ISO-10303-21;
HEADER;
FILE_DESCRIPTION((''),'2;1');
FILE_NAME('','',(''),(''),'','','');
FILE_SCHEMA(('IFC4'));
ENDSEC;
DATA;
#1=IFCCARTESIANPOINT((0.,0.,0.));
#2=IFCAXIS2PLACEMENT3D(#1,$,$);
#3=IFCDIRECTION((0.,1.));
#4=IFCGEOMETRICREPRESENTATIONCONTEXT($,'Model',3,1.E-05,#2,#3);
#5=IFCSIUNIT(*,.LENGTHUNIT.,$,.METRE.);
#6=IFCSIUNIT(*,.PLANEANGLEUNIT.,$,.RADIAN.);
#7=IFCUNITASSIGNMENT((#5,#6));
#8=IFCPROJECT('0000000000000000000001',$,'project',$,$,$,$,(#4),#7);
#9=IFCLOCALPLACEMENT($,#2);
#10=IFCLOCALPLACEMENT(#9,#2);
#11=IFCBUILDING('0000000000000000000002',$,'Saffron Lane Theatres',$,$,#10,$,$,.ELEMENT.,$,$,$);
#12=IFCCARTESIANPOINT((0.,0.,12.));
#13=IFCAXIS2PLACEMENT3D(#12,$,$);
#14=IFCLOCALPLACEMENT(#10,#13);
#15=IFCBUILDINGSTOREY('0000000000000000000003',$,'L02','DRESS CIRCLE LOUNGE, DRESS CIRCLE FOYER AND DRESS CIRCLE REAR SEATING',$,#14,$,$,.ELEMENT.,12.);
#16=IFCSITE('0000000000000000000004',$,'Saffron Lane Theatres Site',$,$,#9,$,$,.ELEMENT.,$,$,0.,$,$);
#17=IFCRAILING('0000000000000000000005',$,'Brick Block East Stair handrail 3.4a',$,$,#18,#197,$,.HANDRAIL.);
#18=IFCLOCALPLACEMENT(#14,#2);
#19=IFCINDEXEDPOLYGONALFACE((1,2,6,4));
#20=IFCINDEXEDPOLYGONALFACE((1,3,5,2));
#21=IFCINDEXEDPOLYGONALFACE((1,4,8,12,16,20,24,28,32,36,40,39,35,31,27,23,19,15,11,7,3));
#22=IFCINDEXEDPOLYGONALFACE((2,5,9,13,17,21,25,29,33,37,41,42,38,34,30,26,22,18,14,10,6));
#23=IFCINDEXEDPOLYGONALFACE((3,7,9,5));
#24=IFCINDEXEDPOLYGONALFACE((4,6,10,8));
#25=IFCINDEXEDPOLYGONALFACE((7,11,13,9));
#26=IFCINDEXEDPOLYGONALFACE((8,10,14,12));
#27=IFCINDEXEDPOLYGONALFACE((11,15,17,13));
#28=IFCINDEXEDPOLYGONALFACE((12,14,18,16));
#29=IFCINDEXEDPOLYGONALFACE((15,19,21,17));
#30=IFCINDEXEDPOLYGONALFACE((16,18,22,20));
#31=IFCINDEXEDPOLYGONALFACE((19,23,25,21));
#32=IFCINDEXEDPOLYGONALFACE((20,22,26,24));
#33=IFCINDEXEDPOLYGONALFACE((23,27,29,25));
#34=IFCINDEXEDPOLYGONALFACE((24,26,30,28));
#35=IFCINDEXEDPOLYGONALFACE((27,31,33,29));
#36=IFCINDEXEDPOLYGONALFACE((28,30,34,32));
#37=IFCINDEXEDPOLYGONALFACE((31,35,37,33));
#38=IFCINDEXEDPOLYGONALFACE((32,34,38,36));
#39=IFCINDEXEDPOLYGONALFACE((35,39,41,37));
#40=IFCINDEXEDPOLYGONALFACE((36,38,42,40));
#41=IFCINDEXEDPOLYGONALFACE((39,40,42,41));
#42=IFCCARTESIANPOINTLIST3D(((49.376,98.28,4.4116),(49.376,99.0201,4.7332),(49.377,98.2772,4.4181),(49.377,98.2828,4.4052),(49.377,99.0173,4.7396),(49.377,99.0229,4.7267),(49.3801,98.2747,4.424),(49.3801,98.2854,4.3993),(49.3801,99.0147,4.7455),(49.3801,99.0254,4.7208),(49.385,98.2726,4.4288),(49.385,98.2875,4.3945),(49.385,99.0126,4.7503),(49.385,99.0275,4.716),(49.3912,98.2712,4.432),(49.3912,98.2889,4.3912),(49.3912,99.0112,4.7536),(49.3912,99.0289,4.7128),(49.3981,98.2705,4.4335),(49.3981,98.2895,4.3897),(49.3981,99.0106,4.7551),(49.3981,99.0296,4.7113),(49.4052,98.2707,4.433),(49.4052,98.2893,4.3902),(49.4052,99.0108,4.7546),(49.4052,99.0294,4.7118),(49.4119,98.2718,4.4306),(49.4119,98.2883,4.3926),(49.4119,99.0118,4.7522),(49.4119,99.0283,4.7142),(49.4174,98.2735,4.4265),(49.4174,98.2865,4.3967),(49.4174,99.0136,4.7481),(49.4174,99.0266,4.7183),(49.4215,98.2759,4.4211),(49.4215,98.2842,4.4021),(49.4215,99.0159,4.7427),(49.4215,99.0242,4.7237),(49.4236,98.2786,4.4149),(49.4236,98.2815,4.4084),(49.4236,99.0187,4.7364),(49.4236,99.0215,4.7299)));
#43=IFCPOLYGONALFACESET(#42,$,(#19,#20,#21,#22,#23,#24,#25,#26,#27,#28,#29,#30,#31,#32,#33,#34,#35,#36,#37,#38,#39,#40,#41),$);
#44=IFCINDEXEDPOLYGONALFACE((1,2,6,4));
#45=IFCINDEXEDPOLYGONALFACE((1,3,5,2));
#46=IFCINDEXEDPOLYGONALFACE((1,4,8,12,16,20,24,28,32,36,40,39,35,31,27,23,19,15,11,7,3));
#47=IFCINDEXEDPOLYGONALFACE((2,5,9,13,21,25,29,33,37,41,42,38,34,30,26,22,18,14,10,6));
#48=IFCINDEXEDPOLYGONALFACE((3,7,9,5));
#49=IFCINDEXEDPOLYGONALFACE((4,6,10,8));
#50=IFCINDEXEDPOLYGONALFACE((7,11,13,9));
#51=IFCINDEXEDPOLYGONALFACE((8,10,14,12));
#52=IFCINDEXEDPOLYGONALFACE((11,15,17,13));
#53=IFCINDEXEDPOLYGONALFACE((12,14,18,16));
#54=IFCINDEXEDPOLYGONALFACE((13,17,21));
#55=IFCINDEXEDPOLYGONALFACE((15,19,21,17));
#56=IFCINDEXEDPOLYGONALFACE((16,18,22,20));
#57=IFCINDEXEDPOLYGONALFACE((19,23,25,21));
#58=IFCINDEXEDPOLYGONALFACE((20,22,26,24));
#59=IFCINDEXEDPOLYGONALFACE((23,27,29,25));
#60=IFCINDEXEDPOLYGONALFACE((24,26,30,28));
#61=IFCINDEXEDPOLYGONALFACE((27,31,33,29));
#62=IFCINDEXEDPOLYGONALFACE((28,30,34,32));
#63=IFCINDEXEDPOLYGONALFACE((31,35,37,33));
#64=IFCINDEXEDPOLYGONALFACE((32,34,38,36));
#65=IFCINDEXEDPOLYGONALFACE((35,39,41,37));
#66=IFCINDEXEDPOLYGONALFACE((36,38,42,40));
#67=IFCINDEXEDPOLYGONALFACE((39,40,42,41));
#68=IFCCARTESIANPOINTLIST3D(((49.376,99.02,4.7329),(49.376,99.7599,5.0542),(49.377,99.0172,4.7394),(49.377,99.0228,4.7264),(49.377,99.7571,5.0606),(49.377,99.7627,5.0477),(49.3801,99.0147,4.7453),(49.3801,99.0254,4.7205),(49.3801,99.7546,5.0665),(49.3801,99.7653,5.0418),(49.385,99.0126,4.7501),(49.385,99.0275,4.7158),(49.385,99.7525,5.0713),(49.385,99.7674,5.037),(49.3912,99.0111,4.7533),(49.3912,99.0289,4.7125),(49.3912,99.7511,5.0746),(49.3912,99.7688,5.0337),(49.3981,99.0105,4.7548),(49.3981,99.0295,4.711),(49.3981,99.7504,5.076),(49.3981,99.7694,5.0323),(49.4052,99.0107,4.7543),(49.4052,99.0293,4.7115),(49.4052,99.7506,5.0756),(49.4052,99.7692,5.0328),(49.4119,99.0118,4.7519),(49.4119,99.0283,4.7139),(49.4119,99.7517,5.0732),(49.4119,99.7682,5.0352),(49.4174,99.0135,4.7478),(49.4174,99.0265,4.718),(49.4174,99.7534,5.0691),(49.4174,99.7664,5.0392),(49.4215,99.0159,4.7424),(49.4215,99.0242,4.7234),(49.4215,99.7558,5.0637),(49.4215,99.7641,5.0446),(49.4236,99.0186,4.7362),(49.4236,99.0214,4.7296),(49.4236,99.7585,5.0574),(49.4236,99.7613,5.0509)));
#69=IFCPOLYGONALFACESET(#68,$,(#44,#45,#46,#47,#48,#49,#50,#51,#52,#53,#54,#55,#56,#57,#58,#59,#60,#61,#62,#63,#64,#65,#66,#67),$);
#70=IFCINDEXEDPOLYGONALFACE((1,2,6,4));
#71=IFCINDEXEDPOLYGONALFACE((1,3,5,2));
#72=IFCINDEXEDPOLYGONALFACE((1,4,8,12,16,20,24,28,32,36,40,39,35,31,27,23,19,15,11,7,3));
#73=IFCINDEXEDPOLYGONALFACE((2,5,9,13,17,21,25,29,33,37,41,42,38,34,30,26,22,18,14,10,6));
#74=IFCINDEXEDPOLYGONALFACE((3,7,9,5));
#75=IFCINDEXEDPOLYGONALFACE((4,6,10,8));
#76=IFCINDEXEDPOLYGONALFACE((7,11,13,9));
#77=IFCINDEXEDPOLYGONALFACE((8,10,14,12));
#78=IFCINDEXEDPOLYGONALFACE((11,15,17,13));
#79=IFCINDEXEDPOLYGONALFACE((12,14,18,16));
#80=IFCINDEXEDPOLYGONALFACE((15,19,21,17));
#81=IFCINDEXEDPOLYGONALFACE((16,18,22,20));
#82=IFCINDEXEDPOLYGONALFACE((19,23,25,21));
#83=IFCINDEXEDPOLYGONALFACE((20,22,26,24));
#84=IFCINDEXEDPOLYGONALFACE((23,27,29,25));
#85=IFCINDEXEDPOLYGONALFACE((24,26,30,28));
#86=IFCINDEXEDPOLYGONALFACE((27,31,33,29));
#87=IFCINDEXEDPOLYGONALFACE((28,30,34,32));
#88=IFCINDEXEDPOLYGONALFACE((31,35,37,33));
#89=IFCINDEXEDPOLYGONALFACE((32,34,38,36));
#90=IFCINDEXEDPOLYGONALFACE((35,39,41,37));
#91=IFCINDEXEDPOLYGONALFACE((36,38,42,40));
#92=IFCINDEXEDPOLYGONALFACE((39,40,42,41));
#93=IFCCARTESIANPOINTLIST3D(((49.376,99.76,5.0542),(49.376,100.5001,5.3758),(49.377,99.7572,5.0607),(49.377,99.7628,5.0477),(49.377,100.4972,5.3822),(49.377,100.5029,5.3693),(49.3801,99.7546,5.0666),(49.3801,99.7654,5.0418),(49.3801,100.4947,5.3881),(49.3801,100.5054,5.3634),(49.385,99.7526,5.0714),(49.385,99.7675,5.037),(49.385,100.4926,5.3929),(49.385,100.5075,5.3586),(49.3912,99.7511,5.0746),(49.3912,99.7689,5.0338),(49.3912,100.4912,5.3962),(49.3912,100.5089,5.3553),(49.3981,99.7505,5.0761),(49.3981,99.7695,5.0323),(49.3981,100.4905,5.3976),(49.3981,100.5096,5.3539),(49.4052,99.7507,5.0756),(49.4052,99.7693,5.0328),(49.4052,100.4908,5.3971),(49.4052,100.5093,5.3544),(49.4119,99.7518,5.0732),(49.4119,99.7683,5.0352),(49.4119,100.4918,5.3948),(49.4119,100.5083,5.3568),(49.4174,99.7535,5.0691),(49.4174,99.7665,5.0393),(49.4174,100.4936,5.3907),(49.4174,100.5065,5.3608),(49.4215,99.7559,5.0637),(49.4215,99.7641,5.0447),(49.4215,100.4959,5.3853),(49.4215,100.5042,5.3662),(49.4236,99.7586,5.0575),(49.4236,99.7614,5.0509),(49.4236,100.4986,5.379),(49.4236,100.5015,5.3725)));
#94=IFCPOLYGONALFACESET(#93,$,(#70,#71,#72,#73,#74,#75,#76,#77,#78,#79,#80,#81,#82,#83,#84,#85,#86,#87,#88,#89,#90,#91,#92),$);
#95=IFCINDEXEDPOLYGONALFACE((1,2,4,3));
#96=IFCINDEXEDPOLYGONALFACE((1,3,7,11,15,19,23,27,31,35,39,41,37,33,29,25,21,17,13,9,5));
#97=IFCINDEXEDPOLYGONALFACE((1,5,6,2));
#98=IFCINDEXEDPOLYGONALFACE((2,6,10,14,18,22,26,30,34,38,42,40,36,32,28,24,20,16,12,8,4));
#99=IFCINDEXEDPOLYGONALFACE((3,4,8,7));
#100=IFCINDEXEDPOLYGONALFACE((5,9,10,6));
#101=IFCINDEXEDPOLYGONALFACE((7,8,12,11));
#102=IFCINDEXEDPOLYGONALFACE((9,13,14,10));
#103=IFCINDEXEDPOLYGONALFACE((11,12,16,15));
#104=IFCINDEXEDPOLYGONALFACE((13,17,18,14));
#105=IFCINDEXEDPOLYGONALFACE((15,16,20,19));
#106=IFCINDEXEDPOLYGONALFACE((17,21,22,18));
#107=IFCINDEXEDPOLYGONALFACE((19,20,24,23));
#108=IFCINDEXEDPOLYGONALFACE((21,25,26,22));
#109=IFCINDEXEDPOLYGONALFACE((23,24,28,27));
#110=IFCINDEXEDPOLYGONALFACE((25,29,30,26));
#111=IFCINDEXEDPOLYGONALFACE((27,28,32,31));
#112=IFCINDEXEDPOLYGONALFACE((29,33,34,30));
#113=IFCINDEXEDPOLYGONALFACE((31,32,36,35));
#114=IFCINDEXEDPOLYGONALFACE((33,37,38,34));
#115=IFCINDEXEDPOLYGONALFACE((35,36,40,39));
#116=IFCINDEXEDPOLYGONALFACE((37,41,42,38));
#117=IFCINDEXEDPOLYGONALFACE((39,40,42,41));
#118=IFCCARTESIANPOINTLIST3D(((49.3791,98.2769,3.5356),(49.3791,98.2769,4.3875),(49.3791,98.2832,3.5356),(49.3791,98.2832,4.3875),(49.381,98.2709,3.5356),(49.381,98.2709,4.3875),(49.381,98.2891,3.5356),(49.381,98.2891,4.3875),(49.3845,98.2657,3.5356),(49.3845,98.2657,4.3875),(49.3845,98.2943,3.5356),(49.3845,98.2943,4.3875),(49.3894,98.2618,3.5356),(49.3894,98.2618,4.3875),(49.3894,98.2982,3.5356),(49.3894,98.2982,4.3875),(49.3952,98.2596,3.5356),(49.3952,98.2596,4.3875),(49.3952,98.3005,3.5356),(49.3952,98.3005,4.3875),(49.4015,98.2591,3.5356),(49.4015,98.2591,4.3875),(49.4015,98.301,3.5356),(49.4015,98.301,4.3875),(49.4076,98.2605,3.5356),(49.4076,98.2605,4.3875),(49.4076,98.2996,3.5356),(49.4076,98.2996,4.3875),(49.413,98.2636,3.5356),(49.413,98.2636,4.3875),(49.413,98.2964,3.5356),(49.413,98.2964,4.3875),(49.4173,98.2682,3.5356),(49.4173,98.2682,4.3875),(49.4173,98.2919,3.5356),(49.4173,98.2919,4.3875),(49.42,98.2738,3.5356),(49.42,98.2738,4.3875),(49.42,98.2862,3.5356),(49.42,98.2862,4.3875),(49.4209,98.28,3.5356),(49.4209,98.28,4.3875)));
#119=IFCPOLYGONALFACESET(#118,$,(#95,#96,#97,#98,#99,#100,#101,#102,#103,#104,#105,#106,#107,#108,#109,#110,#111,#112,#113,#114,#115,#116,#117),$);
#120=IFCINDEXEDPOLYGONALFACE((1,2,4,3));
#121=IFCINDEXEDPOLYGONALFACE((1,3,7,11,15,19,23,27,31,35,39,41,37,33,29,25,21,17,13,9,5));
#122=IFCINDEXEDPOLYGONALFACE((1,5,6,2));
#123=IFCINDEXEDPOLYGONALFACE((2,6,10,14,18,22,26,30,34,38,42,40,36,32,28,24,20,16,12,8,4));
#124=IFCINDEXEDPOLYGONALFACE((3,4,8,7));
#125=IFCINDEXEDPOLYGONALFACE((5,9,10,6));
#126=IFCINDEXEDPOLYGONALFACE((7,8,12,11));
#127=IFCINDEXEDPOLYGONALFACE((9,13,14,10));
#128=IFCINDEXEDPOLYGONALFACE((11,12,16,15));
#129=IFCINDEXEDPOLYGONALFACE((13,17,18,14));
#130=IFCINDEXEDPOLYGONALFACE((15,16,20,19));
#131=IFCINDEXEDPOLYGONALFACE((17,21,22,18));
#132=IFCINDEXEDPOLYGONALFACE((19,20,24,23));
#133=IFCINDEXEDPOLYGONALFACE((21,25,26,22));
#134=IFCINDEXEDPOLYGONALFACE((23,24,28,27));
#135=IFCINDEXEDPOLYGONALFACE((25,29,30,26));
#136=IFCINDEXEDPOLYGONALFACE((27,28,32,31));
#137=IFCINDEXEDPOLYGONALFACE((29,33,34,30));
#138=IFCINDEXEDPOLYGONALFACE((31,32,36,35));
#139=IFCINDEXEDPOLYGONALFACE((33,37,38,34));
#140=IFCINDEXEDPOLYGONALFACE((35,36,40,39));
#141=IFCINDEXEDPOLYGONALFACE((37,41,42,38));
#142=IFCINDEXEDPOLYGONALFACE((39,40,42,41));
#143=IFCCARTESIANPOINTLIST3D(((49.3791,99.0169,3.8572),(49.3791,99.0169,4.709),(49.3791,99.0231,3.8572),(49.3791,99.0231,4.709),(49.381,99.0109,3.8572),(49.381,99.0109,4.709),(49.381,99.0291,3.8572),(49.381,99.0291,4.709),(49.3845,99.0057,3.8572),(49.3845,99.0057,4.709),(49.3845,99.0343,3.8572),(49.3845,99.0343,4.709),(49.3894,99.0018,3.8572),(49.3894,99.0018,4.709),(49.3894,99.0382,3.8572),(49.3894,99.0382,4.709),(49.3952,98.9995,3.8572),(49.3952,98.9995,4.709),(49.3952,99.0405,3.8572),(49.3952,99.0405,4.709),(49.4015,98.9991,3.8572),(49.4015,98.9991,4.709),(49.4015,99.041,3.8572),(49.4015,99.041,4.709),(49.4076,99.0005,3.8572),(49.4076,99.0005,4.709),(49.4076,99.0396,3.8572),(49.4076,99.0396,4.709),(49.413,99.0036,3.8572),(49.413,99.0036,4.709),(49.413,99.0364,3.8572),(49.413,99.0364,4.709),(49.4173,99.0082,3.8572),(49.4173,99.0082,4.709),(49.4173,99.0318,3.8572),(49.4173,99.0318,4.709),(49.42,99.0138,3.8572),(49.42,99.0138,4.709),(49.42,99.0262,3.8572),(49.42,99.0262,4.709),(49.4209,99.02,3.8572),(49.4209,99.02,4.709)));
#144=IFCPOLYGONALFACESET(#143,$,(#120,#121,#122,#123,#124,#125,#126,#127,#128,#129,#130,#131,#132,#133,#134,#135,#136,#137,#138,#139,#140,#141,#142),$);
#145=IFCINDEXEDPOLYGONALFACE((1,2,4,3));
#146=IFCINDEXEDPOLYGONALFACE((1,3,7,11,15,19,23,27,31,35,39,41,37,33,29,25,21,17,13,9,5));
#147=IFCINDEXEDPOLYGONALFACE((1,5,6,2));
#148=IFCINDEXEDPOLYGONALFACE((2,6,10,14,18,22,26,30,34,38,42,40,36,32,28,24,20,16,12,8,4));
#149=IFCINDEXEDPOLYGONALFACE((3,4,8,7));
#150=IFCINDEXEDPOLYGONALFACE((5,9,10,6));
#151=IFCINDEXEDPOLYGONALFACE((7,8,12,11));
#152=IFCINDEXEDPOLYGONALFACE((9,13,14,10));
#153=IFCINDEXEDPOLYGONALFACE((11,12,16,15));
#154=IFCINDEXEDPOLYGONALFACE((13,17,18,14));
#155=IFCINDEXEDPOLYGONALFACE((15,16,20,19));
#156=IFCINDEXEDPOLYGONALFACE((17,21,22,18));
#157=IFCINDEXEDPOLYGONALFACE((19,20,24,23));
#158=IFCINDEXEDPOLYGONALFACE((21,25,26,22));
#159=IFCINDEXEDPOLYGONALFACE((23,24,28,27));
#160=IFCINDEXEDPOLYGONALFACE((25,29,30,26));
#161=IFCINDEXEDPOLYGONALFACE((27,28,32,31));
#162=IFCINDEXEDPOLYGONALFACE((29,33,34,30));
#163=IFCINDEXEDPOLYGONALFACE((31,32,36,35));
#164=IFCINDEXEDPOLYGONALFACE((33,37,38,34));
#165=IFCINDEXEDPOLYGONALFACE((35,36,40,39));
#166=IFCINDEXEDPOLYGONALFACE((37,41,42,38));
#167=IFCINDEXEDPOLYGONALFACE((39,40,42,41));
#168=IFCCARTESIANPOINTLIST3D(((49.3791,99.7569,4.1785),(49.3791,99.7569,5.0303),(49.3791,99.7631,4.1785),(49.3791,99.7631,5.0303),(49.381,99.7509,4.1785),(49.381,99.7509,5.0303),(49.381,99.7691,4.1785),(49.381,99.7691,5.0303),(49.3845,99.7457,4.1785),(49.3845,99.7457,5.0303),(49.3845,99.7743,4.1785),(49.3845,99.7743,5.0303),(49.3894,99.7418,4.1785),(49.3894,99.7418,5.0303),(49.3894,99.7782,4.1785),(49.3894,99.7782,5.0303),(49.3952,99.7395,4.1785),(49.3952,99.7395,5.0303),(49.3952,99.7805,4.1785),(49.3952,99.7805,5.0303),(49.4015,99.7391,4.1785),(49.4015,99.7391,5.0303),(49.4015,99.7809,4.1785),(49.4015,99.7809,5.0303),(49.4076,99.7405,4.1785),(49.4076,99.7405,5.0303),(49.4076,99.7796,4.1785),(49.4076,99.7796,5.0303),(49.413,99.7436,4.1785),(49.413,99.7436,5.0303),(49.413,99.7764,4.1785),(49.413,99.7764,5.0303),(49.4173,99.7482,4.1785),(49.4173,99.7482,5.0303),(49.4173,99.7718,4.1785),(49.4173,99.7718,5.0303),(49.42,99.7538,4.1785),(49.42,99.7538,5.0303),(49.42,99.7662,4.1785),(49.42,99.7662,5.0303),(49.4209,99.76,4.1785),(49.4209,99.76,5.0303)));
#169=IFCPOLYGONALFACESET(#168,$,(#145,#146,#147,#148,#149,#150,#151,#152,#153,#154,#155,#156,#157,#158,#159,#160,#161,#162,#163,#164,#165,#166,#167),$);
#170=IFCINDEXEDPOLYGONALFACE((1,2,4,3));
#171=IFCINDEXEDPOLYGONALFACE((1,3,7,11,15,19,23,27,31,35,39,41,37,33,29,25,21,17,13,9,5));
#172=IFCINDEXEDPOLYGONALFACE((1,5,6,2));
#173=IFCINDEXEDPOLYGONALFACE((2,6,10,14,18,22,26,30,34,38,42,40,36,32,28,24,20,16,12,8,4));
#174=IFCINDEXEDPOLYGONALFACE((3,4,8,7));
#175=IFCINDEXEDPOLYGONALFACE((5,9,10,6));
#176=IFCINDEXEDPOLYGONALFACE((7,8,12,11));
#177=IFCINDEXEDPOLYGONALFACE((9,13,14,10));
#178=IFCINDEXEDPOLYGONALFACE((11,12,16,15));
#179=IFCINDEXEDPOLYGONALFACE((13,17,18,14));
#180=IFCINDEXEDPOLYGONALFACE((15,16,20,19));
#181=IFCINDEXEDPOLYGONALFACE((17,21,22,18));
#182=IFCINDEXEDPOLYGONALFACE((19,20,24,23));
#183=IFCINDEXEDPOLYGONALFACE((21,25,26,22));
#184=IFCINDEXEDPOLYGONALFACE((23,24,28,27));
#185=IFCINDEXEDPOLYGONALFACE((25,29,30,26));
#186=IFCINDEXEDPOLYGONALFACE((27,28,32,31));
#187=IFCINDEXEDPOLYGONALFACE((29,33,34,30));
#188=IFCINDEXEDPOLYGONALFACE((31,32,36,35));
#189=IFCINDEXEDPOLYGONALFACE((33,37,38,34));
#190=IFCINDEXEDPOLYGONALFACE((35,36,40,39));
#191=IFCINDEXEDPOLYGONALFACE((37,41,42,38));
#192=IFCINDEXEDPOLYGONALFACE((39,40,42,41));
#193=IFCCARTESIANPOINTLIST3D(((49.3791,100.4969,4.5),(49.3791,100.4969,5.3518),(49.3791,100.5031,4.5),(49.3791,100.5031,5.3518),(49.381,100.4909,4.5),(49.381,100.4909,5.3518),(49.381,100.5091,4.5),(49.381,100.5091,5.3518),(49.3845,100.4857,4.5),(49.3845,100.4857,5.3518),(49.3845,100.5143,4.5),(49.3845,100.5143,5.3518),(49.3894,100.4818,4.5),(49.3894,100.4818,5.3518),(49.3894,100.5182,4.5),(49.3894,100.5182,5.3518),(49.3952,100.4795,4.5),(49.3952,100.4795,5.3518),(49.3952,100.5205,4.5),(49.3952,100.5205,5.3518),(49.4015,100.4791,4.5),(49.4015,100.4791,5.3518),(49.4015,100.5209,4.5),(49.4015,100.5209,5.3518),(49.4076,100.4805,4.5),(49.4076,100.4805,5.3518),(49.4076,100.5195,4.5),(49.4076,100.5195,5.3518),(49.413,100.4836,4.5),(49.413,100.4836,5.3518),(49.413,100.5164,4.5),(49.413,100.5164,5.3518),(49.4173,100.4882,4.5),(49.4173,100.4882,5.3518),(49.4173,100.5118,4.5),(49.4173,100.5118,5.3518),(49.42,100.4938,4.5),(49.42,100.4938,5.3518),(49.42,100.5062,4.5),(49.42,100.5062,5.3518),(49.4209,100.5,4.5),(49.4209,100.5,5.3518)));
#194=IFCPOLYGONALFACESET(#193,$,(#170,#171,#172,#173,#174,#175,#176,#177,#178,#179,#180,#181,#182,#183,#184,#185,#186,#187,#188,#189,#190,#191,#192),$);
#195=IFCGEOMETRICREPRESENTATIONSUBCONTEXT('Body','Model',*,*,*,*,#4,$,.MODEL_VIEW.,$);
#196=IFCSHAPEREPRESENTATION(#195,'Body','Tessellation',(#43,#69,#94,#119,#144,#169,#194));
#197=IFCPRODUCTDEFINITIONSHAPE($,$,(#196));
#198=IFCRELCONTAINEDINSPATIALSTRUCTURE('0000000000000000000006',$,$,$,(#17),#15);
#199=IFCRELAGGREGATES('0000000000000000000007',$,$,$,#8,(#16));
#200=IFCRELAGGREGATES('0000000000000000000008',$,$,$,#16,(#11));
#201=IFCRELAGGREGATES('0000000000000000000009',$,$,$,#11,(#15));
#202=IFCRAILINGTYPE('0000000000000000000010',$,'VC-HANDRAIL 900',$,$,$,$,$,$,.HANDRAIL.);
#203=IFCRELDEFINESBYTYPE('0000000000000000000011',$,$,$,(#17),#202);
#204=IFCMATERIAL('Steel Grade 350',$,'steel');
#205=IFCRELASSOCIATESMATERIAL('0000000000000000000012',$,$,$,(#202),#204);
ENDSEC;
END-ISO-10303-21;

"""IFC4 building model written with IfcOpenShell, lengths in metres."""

from ifc_helpers import new_model, si_unit, direction, frame, origin, origin_2d, place, context, subcontext, project, spatial, circle, extrude, material, type_object, element, save


model = new_model("IFC4")

# Units and contexts
model_context = context("Model", 3, precision=1e-05, world=origin(), true_north=direction((0.0, 1.0)))
body_context = subcontext(model_context, "Body", "Model", "MODEL_VIEW")
ifc_project = project(units=[si_unit("LENGTHUNIT", "METRE"), si_unit("PLANEANGLEUNIT", "RADIAN")], contexts=[model_context])

# Site, building, storey
site_placement = place(None, origin())
site = spatial("IfcSite", under=ifc_project, at=site_placement, Name="Saffron Lane Theatres Site", CompositionType="ELEMENT", RefElevation=0.0)
building_placement = place(site_placement, origin())
building = spatial("IfcBuilding", under=site, at=building_placement, Name="Saffron Lane Theatres", CompositionType="ELEMENT")
storey_placement = place(building_placement, frame((0.0, 0.0, 12.0)))
storey = spatial("IfcBuildingStorey", under=building, at=storey_placement, Name="L02", Description="DRESS CIRCLE LOUNGE, DRESS CIRCLE FOYER AND DRESS CIRCLE REAR SEATING", CompositionType="ELEMENT", Elevation=12.0)

# Railing
ifc_material_1 = material(Name="Steel Grade 350", Category="steel")
railing_type_1 = type_object("IfcRailingType", Name="VC-HANDRAIL 900", PredefinedType="HANDRAIL", material=ifc_material_1)
for number, where, name in (
    (1, (49.3999, 98.28, 3.5356), "Brick Block East Stair handrail 3.4a"),
):
    element("IfcRailing", number, at=place(storey_placement, frame(where)), inside=storey, type_object=railing_type_1, Name=name, PredefinedType="HANDRAIL", context=body_context, shape_type="SweptSolid", body=[
        extrude(circle(Radius=0.0239, at=origin_2d()), frame((0.0, 0.0, 0.876), z_axis=(0.0, 0.917161, 0.398516), x_axis=(-1.0, 0.0, 0.0)), (0.0, 0.0, 1.0), 0.8069),
        extrude(circle(Radius=0.0239, at=origin_2d()), frame((0.0, 0.74, 1.1973), z_axis=(0.0, 0.917272, 0.398261), x_axis=(-1.0, 0.0, 0.0)), (0.0, 0.0, 1.0), 0.8066),
        extrude(circle(Radius=0.0239, at=origin_2d()), frame((0.0, 1.48, 1.5186), z_axis=(0.0, 0.917161, 0.398516), x_axis=(-1.0, 0.0, 0.0)), (0.0, 0.0, 1.0), 0.8069),
        extrude(circle(Radius=0.021, at=origin_2d()), origin(), (0.0, 0.0, 1.0), 0.8518),
        extrude(circle(Radius=0.021, at=origin_2d()), frame((0.0, 0.74, 0.3215)), (0.0, 0.0, 1.0), 0.8518),
        extrude(circle(Radius=0.021, at=origin_2d()), frame((0.0, 1.48, 0.6428)), (0.0, 0.0, 1.0), 0.8518),
        extrude(circle(Radius=0.021, at=origin_2d()), frame((0.0, 2.22, 0.9644)), (0.0, 0.0, 1.0), 0.8518),
    ])

save(model, "model.ifc")
